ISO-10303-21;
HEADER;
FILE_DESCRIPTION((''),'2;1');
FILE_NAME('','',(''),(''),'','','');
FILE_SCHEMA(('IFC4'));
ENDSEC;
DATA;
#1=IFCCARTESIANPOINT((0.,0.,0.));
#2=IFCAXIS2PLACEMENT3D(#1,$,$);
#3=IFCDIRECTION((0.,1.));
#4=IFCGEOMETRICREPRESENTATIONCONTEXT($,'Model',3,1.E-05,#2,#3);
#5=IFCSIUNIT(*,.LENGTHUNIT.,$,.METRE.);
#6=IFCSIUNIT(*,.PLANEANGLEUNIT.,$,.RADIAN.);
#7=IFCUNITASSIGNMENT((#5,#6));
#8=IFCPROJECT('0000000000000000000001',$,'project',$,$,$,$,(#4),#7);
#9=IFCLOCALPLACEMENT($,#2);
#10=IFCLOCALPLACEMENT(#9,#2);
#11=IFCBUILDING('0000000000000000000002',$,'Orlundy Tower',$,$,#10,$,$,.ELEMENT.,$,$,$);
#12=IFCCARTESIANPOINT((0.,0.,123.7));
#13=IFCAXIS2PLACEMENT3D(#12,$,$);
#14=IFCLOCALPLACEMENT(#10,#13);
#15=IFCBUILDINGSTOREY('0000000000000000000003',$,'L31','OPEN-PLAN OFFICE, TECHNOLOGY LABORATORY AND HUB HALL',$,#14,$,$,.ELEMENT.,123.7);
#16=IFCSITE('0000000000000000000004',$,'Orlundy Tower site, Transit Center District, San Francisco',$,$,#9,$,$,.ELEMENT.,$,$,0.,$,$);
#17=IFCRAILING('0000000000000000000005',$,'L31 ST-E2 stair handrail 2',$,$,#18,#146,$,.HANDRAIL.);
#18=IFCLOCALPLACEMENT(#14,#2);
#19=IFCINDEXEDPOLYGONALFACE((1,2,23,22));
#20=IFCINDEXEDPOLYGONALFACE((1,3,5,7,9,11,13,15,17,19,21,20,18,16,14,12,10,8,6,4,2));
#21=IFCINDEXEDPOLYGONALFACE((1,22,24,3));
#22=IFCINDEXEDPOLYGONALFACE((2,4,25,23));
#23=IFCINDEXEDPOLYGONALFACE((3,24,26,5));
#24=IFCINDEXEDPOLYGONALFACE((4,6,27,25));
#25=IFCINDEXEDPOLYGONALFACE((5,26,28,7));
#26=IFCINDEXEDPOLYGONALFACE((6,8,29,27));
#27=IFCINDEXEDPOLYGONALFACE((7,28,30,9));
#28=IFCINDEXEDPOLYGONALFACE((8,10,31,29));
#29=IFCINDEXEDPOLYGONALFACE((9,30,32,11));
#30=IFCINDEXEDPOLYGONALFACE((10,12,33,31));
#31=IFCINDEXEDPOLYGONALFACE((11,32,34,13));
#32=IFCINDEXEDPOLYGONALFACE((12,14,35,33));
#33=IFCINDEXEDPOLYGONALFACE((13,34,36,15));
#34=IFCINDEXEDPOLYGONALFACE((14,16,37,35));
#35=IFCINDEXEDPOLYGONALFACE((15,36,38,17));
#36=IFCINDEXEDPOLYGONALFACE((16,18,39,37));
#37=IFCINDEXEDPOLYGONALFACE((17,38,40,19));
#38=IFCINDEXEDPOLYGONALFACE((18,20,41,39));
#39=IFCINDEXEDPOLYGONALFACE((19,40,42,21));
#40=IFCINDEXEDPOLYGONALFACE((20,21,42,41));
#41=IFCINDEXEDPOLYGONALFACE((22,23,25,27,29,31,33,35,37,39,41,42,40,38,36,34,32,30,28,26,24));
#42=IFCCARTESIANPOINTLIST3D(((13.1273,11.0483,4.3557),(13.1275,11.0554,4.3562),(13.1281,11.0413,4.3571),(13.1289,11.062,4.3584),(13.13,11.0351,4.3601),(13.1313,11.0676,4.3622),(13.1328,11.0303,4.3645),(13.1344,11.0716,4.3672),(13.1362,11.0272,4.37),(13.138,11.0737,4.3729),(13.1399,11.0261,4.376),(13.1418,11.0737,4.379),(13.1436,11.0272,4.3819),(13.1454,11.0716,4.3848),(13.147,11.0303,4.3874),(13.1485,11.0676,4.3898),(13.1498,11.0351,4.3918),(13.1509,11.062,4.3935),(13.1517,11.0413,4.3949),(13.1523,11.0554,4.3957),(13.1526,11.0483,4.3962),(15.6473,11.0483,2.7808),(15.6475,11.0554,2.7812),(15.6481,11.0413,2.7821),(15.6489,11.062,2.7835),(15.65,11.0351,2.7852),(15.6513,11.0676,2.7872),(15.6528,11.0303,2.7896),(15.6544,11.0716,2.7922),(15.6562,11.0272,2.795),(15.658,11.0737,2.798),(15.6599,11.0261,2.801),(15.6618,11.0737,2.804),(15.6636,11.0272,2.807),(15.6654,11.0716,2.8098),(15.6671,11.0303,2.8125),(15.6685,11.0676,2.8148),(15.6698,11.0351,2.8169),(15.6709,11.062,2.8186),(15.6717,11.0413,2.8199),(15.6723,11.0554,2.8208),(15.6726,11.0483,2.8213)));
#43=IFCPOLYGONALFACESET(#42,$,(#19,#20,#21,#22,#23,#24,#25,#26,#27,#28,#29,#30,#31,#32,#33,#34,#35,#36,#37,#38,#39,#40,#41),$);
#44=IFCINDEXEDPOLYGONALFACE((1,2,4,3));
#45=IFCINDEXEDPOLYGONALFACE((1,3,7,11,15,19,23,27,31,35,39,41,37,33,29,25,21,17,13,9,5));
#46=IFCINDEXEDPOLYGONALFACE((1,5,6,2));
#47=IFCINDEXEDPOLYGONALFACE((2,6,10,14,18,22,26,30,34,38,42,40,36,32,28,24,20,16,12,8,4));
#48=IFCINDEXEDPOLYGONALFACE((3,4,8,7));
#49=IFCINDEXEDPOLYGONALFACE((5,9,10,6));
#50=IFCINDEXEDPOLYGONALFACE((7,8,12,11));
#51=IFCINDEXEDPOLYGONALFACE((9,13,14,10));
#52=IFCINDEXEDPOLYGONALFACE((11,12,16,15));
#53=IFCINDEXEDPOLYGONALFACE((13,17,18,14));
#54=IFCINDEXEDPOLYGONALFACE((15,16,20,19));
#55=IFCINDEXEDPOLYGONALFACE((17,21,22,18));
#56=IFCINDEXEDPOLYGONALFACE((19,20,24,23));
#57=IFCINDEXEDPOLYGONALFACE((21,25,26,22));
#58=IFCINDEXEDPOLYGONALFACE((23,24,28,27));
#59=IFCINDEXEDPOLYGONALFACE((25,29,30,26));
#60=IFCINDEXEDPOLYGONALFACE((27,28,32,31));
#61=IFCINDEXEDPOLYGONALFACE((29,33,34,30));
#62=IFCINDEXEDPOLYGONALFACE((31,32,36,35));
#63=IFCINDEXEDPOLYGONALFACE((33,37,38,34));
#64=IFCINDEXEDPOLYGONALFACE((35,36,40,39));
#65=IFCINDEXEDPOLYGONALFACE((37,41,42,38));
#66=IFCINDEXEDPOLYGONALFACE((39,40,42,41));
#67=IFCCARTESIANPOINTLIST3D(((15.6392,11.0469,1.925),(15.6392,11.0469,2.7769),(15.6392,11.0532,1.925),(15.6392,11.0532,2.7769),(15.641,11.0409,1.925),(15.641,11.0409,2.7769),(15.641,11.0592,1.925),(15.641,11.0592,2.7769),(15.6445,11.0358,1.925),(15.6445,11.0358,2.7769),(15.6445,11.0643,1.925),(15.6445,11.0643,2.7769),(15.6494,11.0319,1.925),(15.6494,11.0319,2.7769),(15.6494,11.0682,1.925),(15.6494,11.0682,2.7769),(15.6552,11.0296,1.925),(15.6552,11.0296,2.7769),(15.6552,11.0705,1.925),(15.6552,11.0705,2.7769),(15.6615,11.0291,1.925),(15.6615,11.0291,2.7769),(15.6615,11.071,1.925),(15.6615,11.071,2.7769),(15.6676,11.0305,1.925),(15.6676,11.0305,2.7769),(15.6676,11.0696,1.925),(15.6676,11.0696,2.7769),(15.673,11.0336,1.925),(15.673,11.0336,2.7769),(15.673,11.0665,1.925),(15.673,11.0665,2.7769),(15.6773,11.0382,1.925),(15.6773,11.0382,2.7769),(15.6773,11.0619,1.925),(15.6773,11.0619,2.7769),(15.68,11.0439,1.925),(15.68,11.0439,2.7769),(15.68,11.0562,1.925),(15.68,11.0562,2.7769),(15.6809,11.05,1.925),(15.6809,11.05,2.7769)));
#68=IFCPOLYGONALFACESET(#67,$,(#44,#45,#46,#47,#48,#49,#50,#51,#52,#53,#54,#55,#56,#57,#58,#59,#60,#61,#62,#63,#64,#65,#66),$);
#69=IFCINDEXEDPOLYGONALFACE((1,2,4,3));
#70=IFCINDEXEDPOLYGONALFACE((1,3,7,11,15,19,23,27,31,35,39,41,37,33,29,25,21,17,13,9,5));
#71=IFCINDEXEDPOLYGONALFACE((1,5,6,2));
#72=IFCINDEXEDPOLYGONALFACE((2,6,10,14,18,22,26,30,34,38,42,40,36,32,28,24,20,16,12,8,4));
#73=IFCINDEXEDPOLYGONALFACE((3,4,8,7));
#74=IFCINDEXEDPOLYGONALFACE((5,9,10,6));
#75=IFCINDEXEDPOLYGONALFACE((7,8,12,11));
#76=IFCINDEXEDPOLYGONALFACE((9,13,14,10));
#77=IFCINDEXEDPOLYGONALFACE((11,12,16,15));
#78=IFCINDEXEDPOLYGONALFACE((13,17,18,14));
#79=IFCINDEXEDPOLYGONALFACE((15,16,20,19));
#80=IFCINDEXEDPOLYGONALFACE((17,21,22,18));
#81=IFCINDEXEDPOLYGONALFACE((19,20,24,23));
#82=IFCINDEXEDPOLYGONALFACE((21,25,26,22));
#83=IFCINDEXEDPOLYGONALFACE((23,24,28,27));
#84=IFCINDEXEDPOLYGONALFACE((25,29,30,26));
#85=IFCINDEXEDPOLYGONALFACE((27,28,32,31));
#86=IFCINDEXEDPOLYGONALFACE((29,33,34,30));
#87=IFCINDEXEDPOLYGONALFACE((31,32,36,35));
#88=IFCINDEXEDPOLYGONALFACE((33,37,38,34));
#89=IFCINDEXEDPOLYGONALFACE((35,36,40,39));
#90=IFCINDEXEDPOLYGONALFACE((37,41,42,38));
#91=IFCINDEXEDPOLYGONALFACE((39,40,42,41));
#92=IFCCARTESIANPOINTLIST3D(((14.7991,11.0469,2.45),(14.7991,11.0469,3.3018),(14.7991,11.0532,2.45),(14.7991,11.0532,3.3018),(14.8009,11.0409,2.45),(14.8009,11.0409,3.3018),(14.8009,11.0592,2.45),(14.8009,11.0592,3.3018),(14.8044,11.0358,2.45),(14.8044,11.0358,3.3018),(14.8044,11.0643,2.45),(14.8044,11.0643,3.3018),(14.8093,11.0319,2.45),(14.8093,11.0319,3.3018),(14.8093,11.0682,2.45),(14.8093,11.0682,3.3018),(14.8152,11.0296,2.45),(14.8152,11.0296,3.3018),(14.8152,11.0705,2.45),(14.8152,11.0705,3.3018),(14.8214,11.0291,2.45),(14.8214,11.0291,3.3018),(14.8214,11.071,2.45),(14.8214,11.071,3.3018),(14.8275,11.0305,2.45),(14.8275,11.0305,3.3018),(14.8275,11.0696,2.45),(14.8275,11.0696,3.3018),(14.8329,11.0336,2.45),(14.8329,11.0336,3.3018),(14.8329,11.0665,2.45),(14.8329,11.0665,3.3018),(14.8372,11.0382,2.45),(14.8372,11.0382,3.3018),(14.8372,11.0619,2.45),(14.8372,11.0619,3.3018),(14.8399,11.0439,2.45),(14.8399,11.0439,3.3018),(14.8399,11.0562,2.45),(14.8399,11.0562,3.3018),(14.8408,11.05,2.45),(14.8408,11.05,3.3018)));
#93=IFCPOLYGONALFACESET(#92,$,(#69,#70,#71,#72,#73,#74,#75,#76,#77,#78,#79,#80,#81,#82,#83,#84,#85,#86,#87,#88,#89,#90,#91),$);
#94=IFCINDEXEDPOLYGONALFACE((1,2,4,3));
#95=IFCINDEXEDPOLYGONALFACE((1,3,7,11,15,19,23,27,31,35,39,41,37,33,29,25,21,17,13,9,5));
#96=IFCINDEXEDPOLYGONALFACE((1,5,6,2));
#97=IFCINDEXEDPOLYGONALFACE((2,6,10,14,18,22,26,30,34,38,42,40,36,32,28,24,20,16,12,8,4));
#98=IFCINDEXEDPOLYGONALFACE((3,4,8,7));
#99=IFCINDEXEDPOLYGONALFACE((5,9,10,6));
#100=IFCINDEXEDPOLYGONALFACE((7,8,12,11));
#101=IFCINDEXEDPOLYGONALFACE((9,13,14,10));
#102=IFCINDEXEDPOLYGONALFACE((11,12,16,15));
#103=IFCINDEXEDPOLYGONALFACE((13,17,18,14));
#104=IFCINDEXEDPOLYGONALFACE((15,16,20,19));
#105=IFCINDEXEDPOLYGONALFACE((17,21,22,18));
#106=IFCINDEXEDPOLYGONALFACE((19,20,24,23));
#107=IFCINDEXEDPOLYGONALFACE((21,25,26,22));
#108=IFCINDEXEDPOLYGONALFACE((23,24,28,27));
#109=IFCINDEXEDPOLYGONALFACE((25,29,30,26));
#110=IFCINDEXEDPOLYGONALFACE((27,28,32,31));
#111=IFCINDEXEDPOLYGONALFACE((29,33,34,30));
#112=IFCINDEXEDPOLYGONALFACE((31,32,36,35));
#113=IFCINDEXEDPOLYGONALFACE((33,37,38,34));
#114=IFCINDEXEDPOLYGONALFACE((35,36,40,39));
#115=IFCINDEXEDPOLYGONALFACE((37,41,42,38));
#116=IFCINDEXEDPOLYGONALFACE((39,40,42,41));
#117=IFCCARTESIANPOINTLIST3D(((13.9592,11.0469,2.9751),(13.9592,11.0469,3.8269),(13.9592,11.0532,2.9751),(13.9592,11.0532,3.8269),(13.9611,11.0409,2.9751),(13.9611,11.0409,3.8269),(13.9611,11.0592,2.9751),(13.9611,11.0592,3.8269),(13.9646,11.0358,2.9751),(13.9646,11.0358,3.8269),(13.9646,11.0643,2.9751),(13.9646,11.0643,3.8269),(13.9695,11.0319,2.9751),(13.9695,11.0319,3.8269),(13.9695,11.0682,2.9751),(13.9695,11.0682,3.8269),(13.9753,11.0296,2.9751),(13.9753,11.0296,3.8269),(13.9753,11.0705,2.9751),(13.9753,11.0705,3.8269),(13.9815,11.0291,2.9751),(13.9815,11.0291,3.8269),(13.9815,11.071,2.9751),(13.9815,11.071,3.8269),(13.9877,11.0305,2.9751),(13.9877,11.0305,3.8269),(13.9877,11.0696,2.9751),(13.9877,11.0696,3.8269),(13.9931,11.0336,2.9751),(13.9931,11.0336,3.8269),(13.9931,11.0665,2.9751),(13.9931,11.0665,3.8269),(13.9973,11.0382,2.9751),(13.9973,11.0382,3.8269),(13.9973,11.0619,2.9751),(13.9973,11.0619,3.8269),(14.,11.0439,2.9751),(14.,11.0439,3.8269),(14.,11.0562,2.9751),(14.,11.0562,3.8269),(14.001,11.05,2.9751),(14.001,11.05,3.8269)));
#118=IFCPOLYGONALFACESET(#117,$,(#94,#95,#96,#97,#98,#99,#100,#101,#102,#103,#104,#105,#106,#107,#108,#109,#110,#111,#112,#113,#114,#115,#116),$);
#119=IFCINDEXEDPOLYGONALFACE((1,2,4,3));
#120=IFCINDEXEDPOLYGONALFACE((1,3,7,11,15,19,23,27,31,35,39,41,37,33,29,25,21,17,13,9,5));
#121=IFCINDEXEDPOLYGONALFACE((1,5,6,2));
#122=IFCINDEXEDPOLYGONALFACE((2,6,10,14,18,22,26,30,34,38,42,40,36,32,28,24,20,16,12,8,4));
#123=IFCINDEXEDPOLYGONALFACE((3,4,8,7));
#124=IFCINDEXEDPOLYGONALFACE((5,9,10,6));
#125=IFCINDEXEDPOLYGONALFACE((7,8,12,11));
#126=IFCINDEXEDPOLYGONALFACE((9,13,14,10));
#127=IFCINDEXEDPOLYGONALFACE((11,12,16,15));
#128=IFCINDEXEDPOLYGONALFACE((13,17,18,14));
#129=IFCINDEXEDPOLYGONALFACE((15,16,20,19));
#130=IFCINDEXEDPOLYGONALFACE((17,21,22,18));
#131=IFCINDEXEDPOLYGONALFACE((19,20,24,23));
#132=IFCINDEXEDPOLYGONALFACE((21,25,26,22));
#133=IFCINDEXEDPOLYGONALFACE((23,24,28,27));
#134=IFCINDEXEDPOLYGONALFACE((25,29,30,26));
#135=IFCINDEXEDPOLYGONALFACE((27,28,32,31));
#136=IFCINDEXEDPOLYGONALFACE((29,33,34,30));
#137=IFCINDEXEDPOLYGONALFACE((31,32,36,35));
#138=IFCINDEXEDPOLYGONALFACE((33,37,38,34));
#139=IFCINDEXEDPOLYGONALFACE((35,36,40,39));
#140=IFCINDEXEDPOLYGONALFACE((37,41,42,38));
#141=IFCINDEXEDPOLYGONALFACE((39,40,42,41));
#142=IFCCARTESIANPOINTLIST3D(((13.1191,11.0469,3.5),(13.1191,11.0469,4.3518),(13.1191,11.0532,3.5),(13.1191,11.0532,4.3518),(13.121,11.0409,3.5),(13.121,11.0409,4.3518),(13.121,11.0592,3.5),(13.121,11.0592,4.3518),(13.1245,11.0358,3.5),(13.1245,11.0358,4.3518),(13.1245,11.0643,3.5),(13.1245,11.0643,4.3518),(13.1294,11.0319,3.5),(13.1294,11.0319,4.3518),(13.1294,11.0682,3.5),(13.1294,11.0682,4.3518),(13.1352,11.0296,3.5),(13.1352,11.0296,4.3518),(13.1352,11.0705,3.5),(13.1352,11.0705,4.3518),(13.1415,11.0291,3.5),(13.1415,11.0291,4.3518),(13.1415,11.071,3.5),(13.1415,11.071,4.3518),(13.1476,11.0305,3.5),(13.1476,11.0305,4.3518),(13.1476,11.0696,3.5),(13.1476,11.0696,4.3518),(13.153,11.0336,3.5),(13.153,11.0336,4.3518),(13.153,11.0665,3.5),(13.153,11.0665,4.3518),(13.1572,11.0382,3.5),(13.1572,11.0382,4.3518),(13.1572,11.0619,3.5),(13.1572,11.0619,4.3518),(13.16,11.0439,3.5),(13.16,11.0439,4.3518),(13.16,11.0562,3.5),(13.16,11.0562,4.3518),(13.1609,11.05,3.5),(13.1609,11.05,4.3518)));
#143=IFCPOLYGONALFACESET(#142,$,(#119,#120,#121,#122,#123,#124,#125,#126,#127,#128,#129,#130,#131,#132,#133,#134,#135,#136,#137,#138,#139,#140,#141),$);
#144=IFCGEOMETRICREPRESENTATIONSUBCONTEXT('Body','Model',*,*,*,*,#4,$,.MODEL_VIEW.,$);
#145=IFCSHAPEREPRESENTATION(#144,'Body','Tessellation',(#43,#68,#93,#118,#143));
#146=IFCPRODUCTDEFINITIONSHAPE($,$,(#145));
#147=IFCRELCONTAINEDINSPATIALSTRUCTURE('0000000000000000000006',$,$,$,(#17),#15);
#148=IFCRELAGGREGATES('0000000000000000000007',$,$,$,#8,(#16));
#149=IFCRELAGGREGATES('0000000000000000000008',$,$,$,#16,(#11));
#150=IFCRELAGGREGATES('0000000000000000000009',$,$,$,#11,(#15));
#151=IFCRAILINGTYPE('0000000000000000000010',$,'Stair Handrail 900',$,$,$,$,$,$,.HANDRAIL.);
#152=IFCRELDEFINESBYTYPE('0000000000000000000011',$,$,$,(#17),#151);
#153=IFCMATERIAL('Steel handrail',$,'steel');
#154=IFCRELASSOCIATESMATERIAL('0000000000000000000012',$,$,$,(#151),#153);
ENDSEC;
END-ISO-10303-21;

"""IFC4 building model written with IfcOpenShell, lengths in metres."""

from ifc_helpers import new_model, si_unit, direction, frame, origin, origin_2d, place, context, subcontext, project, spatial, circle, extrude, material, type_object, element, save


model = new_model("IFC4")

# Units and contexts
model_context = context("Model", 3, precision=1e-05, world=origin(), true_north=direction((0.0, 1.0)))
body_context = subcontext(model_context, "Body", "Model", "MODEL_VIEW")
ifc_project = project(units=[si_unit("LENGTHUNIT", "METRE"), si_unit("PLANEANGLEUNIT", "RADIAN")], contexts=[model_context])

# Site, building, storey
site_placement = place(None, origin())
site = spatial("IfcSite", under=ifc_project, at=site_placement, Name="Orlundy Tower site, Transit Center District, San Francisco", CompositionType="ELEMENT", RefElevation=0.0)
building_placement = place(site_placement, origin())
building = spatial("IfcBuilding", under=site, at=building_placement, Name="Orlundy Tower", CompositionType="ELEMENT")
storey_placement = place(building_placement, frame((0.0, 0.0, 123.7)))
storey = spatial("IfcBuildingStorey", under=building, at=storey_placement, Name="L31", Description="OPEN-PLAN OFFICE, TECHNOLOGY LABORATORY AND HUB HALL", CompositionType="ELEMENT", Elevation=123.7)

# Railing
ifc_material_1 = material(Name="Steel handrail", Category="steel")
railing_type_1 = type_object("IfcRailingType", Name="Stair Handrail 900", PredefinedType="HANDRAIL", material=ifc_material_1)
railing_1_placement = place(storey_placement, frame((15.6599, 11.05, 1.925)))
element("IfcRailing", 1, at=railing_1_placement, inside=storey, type_object=railing_type_1, Name="L31 ST-E2 stair handrail 2", PredefinedType="HANDRAIL", context=body_context, shape_type="SweptSolid", body=[
    extrude(circle(Radius=0.0239, at=origin_2d()), frame((0.0, 0.0, 0.876), z_axis=(-0.848008, 0.0, 0.529984), x_axis=(0.0, -1.0, 0.0)), (0.0, 0.0, 1.0), 2.9717),
    extrude(circle(Radius=0.021, at=origin_2d()), origin(), (0.0, 0.0, 1.0), 0.8518),
    extrude(circle(Radius=0.021, at=origin_2d()), frame((-0.8401, 0.0, 0.5249)), (0.0, 0.0, 1.0), 0.8518),
    extrude(circle(Radius=0.021, at=origin_2d()), frame((-1.6799, 0.0, 1.05)), (0.0, 0.0, 1.0), 0.8518),
    extrude(circle(Radius=0.021, at=origin_2d()), frame((-2.52, 0.0, 1.575)), (0.0, 0.0, 1.0), 0.8518),
])

save(model, "model.ifc")
